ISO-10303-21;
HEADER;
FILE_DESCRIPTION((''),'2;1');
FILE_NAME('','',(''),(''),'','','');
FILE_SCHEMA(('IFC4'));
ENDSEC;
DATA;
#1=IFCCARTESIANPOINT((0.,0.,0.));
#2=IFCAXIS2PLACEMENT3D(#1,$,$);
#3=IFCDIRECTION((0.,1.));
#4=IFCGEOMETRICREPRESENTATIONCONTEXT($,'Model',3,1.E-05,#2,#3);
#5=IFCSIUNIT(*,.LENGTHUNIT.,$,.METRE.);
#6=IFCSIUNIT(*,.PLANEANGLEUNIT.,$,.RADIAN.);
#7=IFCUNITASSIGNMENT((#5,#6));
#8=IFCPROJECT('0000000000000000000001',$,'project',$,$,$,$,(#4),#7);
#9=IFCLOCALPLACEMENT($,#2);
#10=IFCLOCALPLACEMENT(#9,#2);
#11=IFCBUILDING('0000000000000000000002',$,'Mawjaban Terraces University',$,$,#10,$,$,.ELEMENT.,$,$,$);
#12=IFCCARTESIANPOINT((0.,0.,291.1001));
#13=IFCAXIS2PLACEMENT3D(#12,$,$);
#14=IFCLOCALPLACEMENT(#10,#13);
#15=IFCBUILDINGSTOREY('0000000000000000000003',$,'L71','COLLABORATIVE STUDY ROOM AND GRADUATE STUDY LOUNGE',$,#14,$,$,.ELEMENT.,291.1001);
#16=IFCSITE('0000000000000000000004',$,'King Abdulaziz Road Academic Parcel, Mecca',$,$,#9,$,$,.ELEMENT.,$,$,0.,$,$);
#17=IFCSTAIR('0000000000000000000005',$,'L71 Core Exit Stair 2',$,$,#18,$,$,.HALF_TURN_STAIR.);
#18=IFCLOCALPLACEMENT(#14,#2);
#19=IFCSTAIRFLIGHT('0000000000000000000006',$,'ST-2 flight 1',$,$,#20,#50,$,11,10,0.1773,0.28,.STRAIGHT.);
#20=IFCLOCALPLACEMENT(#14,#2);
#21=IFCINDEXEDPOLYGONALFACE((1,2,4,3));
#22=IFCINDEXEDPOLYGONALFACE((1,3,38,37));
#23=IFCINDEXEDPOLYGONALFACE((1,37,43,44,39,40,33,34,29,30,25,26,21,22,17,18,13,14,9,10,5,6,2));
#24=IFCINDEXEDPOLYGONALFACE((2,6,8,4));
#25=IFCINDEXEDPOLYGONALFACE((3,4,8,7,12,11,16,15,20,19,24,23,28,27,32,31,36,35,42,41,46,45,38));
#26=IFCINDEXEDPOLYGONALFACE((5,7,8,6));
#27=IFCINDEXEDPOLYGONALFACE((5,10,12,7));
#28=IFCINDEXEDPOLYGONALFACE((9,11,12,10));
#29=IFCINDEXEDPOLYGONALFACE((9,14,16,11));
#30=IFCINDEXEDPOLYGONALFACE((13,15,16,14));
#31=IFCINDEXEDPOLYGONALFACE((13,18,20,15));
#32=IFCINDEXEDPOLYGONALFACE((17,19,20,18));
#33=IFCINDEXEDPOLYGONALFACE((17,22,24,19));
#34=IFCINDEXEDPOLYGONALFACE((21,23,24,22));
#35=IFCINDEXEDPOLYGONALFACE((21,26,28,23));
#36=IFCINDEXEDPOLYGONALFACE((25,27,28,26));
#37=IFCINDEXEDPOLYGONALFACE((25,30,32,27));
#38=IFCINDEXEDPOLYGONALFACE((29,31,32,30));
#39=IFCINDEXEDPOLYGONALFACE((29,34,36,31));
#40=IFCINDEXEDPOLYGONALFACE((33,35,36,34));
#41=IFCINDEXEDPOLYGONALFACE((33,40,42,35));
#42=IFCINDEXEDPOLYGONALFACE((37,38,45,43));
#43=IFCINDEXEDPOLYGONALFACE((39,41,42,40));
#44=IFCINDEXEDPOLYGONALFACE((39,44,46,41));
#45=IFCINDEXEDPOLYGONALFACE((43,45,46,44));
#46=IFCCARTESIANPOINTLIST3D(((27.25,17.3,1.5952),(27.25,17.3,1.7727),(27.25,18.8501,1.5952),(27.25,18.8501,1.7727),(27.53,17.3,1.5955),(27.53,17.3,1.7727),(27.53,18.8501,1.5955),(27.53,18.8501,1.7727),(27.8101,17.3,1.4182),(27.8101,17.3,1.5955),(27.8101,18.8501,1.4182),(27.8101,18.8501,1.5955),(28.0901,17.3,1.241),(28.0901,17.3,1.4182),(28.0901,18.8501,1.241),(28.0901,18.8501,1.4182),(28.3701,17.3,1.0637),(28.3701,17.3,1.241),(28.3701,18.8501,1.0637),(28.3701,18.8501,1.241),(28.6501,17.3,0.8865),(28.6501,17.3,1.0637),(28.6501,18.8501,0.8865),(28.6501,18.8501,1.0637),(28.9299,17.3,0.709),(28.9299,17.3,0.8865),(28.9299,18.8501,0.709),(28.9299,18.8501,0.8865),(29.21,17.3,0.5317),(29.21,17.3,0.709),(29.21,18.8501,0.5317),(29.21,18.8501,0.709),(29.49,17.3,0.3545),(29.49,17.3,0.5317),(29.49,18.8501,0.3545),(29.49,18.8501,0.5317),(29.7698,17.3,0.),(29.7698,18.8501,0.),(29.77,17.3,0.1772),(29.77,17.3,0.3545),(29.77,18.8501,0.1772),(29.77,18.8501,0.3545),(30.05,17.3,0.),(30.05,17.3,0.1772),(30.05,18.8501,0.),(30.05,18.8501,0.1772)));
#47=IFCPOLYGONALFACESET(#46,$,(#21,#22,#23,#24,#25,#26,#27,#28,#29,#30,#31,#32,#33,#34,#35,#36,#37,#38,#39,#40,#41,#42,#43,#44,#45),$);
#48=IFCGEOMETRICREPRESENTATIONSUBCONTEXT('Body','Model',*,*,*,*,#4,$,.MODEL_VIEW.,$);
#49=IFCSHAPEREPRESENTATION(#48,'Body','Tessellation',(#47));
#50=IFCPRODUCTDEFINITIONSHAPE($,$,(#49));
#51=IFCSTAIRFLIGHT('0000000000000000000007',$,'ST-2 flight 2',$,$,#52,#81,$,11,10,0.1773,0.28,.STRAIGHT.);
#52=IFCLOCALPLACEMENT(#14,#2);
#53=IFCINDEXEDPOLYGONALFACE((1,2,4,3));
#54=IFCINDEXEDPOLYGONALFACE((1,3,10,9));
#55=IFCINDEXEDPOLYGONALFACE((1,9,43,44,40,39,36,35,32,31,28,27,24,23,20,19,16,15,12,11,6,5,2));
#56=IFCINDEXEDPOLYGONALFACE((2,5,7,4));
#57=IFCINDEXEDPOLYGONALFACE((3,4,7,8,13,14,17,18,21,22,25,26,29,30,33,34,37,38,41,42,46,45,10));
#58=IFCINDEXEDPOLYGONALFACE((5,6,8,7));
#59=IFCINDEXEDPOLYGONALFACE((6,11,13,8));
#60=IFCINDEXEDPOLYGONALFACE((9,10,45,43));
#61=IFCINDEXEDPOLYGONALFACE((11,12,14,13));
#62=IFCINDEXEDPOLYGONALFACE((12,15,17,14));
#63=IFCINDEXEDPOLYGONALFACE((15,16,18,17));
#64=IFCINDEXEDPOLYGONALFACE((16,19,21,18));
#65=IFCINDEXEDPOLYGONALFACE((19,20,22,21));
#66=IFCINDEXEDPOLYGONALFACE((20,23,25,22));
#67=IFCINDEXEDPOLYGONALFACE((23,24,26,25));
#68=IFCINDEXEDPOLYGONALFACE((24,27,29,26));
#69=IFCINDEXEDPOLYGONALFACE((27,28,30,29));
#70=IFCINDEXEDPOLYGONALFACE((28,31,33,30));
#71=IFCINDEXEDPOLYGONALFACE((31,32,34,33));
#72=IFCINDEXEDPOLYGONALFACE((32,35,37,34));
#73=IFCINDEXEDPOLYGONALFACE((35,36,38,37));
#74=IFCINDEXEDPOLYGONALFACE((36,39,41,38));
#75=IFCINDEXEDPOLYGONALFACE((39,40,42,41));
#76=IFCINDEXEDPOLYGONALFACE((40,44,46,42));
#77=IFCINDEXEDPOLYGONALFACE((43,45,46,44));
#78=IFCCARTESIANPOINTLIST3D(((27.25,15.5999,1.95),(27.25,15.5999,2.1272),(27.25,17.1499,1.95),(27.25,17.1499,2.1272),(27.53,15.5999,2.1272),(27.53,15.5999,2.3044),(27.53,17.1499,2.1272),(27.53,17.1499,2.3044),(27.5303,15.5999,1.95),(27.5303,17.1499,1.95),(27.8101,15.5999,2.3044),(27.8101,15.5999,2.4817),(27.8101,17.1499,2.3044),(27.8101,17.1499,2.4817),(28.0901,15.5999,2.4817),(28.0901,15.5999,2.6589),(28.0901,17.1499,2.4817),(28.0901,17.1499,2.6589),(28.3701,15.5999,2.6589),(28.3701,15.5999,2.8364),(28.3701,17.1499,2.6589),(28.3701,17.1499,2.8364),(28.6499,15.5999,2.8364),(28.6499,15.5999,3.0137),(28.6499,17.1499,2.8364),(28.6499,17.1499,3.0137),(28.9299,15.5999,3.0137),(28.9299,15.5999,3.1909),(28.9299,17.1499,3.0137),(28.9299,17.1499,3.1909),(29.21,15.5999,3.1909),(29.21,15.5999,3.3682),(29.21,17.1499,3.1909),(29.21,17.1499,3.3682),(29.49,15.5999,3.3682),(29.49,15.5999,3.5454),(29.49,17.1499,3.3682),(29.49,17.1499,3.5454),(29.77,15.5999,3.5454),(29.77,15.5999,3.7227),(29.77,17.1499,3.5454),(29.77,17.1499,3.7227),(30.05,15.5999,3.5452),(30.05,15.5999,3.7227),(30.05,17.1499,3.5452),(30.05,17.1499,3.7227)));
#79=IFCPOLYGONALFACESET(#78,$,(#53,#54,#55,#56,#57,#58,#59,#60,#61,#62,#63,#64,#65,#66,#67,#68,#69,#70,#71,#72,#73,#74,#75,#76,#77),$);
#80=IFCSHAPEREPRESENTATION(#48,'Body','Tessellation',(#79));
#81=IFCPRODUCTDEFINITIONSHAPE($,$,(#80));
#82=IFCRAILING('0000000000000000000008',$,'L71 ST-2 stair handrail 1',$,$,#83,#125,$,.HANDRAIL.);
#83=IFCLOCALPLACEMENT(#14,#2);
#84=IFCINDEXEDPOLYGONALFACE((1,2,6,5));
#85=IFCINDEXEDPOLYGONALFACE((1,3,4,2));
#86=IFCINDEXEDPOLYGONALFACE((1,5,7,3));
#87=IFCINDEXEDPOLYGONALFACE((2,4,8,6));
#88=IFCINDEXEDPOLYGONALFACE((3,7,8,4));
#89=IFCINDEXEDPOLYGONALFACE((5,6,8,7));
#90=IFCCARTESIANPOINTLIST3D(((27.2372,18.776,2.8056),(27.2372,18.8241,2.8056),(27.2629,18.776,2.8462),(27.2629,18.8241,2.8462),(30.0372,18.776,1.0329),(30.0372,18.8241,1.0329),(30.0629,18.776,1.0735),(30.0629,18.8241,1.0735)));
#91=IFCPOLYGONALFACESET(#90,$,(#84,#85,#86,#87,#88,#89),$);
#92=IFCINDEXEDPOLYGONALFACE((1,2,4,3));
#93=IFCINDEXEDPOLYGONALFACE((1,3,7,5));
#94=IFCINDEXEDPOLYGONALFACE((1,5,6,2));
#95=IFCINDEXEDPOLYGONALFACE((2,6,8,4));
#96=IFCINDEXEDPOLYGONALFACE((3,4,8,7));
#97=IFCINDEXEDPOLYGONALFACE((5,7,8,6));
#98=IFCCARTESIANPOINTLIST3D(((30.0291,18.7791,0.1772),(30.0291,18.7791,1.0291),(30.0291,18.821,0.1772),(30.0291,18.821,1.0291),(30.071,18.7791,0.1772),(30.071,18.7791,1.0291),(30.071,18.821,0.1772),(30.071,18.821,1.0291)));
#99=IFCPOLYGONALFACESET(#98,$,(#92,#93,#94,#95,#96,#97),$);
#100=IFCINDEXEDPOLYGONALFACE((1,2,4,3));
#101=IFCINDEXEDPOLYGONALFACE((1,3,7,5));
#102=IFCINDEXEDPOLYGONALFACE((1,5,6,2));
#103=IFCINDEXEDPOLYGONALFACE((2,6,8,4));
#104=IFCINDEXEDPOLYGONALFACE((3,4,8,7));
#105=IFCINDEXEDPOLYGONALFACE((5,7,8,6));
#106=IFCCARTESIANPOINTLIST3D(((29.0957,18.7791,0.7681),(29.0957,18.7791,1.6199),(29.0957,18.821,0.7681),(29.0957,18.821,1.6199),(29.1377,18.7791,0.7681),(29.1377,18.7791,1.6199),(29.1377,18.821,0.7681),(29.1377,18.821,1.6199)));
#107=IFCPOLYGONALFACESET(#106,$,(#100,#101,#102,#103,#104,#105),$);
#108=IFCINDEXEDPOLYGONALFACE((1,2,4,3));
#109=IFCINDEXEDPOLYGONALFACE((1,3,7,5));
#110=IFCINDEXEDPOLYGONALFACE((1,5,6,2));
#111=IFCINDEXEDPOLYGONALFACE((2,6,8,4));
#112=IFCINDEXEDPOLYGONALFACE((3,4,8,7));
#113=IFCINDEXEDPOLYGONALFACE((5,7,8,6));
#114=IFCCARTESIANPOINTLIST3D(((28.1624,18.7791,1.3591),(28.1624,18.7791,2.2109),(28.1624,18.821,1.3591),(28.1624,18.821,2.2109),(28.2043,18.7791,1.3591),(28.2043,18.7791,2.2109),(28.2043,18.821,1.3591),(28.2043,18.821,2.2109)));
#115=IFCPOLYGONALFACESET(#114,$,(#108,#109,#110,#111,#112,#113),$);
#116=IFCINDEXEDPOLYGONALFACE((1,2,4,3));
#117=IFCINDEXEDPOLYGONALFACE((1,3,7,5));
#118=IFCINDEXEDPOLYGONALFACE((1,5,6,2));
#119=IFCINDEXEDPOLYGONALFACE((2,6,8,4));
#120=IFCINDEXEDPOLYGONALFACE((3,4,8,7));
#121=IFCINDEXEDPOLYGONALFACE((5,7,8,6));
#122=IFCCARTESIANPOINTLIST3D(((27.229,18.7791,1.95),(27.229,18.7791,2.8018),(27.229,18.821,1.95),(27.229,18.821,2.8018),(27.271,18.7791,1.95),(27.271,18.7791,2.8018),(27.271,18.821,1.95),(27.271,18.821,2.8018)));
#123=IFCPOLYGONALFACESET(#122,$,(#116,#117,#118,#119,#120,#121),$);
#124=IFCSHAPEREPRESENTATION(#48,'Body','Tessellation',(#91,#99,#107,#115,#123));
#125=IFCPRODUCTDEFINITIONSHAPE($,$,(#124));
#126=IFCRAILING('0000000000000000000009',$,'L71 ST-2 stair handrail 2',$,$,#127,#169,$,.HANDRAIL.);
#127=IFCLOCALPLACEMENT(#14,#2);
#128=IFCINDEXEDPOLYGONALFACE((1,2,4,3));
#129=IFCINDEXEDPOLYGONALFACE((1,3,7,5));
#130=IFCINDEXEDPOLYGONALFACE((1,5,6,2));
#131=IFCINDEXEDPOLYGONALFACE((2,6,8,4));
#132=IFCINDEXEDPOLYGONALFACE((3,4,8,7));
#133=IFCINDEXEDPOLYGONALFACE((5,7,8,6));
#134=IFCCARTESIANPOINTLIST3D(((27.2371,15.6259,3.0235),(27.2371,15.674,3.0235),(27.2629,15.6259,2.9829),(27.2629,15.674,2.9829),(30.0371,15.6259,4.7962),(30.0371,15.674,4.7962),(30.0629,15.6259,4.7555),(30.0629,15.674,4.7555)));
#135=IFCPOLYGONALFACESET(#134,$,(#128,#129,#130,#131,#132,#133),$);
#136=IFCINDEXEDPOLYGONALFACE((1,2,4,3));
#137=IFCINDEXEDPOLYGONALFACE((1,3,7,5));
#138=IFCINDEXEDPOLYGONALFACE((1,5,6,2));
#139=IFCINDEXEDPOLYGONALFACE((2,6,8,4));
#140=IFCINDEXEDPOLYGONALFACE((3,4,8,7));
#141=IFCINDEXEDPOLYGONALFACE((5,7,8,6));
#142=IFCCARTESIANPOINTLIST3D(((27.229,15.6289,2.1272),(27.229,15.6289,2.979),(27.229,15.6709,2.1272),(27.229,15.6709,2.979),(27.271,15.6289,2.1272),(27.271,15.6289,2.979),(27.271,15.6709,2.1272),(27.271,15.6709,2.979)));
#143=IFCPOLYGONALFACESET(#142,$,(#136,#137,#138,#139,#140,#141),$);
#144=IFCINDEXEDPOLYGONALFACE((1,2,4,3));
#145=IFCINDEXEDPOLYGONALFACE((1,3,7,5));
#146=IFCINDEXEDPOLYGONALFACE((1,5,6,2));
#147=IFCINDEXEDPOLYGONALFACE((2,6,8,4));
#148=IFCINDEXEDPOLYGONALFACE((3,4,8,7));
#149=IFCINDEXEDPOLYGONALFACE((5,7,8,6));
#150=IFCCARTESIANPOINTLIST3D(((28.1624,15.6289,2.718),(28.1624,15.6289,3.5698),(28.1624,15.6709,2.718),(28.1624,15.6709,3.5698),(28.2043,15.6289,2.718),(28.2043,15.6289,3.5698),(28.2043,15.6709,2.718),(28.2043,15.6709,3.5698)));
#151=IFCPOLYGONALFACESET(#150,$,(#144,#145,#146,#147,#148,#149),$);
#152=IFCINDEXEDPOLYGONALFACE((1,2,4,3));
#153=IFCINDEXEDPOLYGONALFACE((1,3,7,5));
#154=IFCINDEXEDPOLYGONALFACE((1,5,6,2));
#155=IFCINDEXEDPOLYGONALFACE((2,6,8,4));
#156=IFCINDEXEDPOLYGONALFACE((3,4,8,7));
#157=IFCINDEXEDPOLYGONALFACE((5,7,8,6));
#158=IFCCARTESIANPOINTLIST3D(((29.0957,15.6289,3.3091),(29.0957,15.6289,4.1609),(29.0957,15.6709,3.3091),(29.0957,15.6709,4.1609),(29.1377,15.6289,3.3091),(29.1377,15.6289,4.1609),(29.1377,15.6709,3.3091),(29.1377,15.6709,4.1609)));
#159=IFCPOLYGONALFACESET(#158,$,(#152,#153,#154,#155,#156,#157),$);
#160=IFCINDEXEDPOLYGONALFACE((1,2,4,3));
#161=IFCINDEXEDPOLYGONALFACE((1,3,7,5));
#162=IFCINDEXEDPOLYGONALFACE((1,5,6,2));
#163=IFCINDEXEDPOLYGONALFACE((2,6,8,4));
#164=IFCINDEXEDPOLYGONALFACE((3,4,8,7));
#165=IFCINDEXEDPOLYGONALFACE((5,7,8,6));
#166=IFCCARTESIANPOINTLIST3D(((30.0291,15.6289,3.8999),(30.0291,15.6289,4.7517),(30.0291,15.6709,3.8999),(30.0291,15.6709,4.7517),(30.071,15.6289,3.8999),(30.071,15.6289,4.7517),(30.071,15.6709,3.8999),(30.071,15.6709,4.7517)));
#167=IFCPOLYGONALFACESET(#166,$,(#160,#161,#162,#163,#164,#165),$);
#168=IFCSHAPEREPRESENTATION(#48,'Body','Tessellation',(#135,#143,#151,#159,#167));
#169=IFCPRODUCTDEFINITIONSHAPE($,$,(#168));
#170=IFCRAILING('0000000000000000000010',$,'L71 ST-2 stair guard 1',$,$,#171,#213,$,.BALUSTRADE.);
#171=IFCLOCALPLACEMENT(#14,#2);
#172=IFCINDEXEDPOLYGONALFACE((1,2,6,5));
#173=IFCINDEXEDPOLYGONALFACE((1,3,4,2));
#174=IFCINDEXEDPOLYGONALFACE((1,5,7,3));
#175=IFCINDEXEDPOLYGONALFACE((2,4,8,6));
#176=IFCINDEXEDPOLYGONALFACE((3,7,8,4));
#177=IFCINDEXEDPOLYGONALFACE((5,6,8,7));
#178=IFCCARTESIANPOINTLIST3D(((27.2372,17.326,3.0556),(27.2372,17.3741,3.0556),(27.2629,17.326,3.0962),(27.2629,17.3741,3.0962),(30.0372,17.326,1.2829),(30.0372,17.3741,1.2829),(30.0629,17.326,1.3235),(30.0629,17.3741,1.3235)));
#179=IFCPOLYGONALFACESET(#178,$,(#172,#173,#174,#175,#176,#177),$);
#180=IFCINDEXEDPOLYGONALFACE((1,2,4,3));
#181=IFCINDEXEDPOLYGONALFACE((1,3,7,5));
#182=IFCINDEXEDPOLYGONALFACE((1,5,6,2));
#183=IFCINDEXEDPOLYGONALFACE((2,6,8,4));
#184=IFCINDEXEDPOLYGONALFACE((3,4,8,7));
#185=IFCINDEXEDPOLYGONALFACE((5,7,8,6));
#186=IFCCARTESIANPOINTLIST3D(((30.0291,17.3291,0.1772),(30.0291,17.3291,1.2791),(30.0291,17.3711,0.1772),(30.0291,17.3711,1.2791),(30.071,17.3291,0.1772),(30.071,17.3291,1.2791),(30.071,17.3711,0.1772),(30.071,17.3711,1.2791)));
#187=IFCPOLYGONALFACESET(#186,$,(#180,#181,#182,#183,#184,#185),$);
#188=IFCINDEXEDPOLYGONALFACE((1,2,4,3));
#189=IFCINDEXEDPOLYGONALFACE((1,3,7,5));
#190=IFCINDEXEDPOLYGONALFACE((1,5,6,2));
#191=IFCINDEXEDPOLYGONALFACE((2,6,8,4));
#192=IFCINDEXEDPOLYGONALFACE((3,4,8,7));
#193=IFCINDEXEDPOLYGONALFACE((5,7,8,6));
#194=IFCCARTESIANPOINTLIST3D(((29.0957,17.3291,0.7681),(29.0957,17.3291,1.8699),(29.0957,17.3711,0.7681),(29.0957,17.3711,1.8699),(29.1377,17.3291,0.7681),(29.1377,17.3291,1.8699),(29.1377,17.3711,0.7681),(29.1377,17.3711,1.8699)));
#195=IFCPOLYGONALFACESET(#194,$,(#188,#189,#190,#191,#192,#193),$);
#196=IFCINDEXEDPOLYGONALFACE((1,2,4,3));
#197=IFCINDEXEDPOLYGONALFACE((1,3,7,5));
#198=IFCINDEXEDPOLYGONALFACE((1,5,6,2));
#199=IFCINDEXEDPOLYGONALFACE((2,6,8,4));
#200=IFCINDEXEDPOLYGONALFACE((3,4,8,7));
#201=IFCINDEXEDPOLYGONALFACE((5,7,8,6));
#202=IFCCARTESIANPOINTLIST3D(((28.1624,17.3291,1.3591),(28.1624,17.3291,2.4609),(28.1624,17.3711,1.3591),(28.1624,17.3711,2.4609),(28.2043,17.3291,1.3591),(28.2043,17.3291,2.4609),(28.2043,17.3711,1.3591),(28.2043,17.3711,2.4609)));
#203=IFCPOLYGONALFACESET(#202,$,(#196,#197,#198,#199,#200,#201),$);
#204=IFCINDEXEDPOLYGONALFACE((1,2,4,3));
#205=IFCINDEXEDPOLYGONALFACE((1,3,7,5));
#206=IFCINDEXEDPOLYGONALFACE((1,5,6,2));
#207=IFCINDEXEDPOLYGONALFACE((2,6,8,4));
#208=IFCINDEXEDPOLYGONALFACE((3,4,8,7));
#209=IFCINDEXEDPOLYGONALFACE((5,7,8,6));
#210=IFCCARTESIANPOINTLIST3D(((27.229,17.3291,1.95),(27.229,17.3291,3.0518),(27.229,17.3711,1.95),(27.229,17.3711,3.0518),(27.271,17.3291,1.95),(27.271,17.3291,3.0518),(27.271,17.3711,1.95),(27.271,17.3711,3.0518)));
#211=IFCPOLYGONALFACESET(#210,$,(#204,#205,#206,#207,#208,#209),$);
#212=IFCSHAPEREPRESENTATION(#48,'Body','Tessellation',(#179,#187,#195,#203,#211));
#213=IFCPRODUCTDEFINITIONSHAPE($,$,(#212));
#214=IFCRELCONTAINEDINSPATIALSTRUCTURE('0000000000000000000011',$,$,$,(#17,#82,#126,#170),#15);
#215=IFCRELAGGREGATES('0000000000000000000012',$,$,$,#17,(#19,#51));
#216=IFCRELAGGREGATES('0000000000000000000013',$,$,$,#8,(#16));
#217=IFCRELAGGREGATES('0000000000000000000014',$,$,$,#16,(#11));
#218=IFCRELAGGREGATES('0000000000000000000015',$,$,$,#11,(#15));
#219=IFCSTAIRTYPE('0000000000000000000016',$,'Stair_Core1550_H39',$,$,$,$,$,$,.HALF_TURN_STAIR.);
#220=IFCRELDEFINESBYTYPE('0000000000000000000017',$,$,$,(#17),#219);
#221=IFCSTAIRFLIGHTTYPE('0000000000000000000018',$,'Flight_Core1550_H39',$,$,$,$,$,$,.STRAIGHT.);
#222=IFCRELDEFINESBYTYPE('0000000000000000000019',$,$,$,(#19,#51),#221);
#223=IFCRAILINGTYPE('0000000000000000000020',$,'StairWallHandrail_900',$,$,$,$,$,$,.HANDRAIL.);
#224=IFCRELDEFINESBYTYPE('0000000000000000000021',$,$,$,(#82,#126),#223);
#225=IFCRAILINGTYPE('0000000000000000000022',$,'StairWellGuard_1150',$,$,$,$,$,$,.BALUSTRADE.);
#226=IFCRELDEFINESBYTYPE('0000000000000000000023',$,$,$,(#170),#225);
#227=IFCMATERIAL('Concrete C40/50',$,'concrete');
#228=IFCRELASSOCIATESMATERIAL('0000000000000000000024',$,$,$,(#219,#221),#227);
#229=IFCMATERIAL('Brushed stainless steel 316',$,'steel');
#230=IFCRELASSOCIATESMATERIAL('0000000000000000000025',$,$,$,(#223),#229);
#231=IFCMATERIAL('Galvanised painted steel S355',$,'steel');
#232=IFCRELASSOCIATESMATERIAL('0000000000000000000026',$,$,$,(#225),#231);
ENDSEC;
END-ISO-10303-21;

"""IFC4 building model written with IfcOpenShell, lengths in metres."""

from ifc_helpers import new_model, si_unit, direction, frame, origin, origin_2d, place, context, subcontext, project, spatial, polyline, rectangle, outline, extrude, material, type_object, element, aggregate, save


model = new_model("IFC4")

# Units and contexts
model_context = context("Model", 3, precision=1e-05, world=origin(), true_north=direction((0.0, 1.0)))
body_context = subcontext(model_context, "Body", "Model", "MODEL_VIEW")
ifc_project = project(units=[si_unit("LENGTHUNIT", "METRE"), si_unit("PLANEANGLEUNIT", "RADIAN")], contexts=[model_context])

# Site, building, storey
site_placement = place(None, origin())
site = spatial("IfcSite", under=ifc_project, at=site_placement, Name="King Abdulaziz Road Academic Parcel, Mecca", CompositionType="ELEMENT", RefElevation=0.0)
building_placement = place(site_placement, origin())
building = spatial("IfcBuilding", under=site, at=building_placement, Name="Mawjaban Terraces University", CompositionType="ELEMENT")
storey_placement = place(building_placement, frame((0.0, 0.0, 291.1001)))
storey = spatial("IfcBuildingStorey", under=building, at=storey_placement, Name="L71", Description="COLLABORATIVE STUDY ROOM AND GRADUATE STUDY LOUNGE", CompositionType="ELEMENT", Elevation=291.1001)

# Shared definitions
ifc_material_1 = material(Name="Concrete C40/50", Category="concrete")

# Stair, stair flights
stair_type = type_object("IfcStairType", Name="Stair_Core1550_H39", PredefinedType="HALF_TURN_STAIR", material=ifc_material_1)
stair_placement = place(storey_placement, origin())
stair = element("IfcStair", 1, at=stair_placement, inside=storey, type_object=stair_type, Name="L71 Core Exit Stair 2", PredefinedType="HALF_TURN_STAIR")
stair_flight_type = type_object("IfcStairFlightType", Name="Flight_Core1550_H39", PredefinedType="STRAIGHT", material=ifc_material_1)
stair_flight_1_placement = place(storey_placement, frame((30.05, 18.075, 0.0), z_axis=(0.0, 0.0, 1.0), x_axis=(-1.0, 0.0, 0.0)))
stair_flight_1 = element("IfcStairFlight", 2, at=stair_flight_1_placement, type_object=stair_flight_type, Name="ST-2 flight 1", NumberOfRisers=11, NumberOfTreads=10, PredefinedType="STRAIGHT", RiserHeight=0.1773, TreadLength=0.28, context=body_context, shape_type="SweptSolid", body=[
    extrude(outline(polyline([(0.0, 0.0), (0.0, 0.1772), (0.28, 0.1772), (0.28, 0.3545), (0.5601, 0.3545), (0.5601, 0.5317), (0.8401, 0.5317), (0.8401, 0.709), (1.1201, 0.709), (1.1201, 0.8865), (1.3999, 0.8865), (1.3999, 1.0637), (1.6799, 1.0637), (1.6799, 1.241), (1.96, 1.241), (1.96, 1.4182), (2.24, 1.4182), (2.24, 1.5955), (2.52, 1.5955), (2.52, 1.7727), (2.8, 1.7727), (2.8, 1.95), (2.8, 1.5952), (0.2803, 0.0), (0.0, 0.0)])), frame((0.0, 0.7749, 0.0), z_axis=(0.0, -1.0, 0.0), x_axis=(1.0, 0.0, 0.0)), (0.0, 0.0, 1.0), 1.55),
])
stair_flight_2_placement = place(storey_placement, frame((27.25, 16.375, 1.95), z_axis=(0.0, 0.0, 1.0), x_axis=(1.0, 0.0, 0.0)))
stair_flight_2 = element("IfcStairFlight", 3, at=stair_flight_2_placement, type_object=stair_flight_type, Name="ST-2 flight 2", NumberOfRisers=11, NumberOfTreads=10, PredefinedType="STRAIGHT", RiserHeight=0.1773, TreadLength=0.28, context=body_context, shape_type="SweptSolid", body=[
    extrude(outline(polyline([(0.0, 0.0), (0.0, 0.1772), (0.28, 0.1772), (0.28, 0.3545), (0.5601, 0.3545), (0.5601, 0.5317), (0.8401, 0.5317), (0.8401, 0.709), (1.1201, 0.709), (1.1201, 0.8865), (1.3999, 0.8865), (1.3999, 1.0637), (1.6799, 1.0637), (1.6799, 1.241), (1.96, 1.241), (1.96, 1.4182), (2.24, 1.4182), (2.24, 1.5955), (2.52, 1.5955), (2.52, 1.7727), (2.8, 1.7727), (2.8, 1.95), (2.8, 1.5952), (0.2803, 0.0), (0.0, 0.0)])), frame((0.0, 0.7749, 0.0), z_axis=(0.0, -1.0, 0.0), x_axis=(1.0, 0.0, 0.0)), (0.0, 0.0, 1.0), 1.55),
])
aggregate(stair, [stair_flight_1, stair_flight_2])

# Railings
ifc_material_2 = material(Name="Brushed stainless steel 316", Category="steel")
railing_type_1 = type_object("IfcRailingType", Name="StairWallHandrail_900", PredefinedType="HANDRAIL", material=ifc_material_2)
railing_1_placement = place(storey_placement, frame((30.05, 18.8, 0.1772)))
element("IfcRailing", 4, at=railing_1_placement, inside=storey, type_object=railing_type_1, Name="L71 ST-2 stair handrail 1", PredefinedType="HANDRAIL", context=body_context, shape_type="SweptSolid", body=[
    extrude(rectangle(XDim=0.0481, YDim=0.0481, at=origin_2d()), frame((0.0, 0.0, 0.876), z_axis=(-0.844909, 0.0, 0.53491), x_axis=(0.0, -1.0, 0.0)), (0.0, 0.0, 1.0), 3.314),
    extrude(rectangle(XDim=0.042, YDim=0.042, at=origin_2d()), origin(), (0.0, 0.0, 1.0), 0.8518),
    extrude(rectangle(XDim=0.042, YDim=0.042, at=origin_2d()), frame((-0.9333, 0.0, 0.5908)), (0.0, 0.0, 1.0), 0.8518),
    extrude(rectangle(XDim=0.042, YDim=0.042, at=origin_2d()), frame((-1.8667, 0.0, 1.1819)), (0.0, 0.0, 1.0), 0.8518),
    extrude(rectangle(XDim=0.042, YDim=0.042, at=origin_2d()), frame((-2.8, 0.0, 1.7727)), (0.0, 0.0, 1.0), 0.8518),
])
railing_2_placement = place(storey_placement, frame((27.25, 15.6499, 2.1272)))
element("IfcRailing", 5, at=railing_2_placement, inside=storey, type_object=railing_type_1, Name="L71 ST-2 stair handrail 2", PredefinedType="HANDRAIL", context=body_context, shape_type="SweptSolid", body=[
    extrude(rectangle(XDim=0.0481, YDim=0.0481, at=origin_2d()), frame((0.0, 0.0, 0.876), z_axis=(0.844909, 0.0, 0.53491), x_axis=(0.0, 1.0, 0.0)), (0.0, 0.0, 1.0), 3.314),
    extrude(rectangle(XDim=0.042, YDim=0.042, at=origin_2d()), origin(), (0.0, 0.0, 1.0), 0.8518),
    extrude(rectangle(XDim=0.042, YDim=0.042, at=origin_2d()), frame((0.9333, 0.0, 0.5908)), (0.0, 0.0, 1.0), 0.8518),
    extrude(rectangle(XDim=0.042, YDim=0.042, at=origin_2d()), frame((1.8667, 0.0, 1.1819)), (0.0, 0.0, 1.0), 0.8518),
    extrude(rectangle(XDim=0.042, YDim=0.042, at=origin_2d()), frame((2.8, 0.0, 1.7727)), (0.0, 0.0, 1.0), 0.8518),
])
ifc_material_3 = material(Name="Galvanised painted steel S355", Category="steel")
railing_type_2 = type_object("IfcRailingType", Name="StairWellGuard_1150", PredefinedType="BALUSTRADE", material=ifc_material_3)
railing_3_placement = place(storey_placement, frame((30.05, 17.3501, 0.1772)))
element("IfcRailing", 6, at=railing_3_placement, inside=storey, type_object=railing_type_2, Name="L71 ST-2 stair guard 1", PredefinedType="BALUSTRADE", context=body_context, shape_type="SweptSolid", body=[
    extrude(rectangle(XDim=0.0481, YDim=0.0481, at=origin_2d()), frame((0.0, 0.0, 1.126), z_axis=(-0.844909, 0.0, 0.53491), x_axis=(0.0, -1.0, 0.0)), (0.0, 0.0, 1.0), 3.314),
    extrude(rectangle(XDim=0.042, YDim=0.042, at=origin_2d()), origin(), (0.0, 0.0, 1.0), 1.1018),
    extrude(rectangle(XDim=0.042, YDim=0.042, at=origin_2d()), frame((-0.9333, 0.0, 0.5908)), (0.0, 0.0, 1.0), 1.1018),
    extrude(rectangle(XDim=0.042, YDim=0.042, at=origin_2d()), frame((-1.8667, 0.0, 1.1819)), (0.0, 0.0, 1.0), 1.1018),
    extrude(rectangle(XDim=0.042, YDim=0.042, at=origin_2d()), frame((-2.8, 0.0, 1.7727)), (0.0, 0.0, 1.0), 1.1018),
])

save(model, "model.ifc")
